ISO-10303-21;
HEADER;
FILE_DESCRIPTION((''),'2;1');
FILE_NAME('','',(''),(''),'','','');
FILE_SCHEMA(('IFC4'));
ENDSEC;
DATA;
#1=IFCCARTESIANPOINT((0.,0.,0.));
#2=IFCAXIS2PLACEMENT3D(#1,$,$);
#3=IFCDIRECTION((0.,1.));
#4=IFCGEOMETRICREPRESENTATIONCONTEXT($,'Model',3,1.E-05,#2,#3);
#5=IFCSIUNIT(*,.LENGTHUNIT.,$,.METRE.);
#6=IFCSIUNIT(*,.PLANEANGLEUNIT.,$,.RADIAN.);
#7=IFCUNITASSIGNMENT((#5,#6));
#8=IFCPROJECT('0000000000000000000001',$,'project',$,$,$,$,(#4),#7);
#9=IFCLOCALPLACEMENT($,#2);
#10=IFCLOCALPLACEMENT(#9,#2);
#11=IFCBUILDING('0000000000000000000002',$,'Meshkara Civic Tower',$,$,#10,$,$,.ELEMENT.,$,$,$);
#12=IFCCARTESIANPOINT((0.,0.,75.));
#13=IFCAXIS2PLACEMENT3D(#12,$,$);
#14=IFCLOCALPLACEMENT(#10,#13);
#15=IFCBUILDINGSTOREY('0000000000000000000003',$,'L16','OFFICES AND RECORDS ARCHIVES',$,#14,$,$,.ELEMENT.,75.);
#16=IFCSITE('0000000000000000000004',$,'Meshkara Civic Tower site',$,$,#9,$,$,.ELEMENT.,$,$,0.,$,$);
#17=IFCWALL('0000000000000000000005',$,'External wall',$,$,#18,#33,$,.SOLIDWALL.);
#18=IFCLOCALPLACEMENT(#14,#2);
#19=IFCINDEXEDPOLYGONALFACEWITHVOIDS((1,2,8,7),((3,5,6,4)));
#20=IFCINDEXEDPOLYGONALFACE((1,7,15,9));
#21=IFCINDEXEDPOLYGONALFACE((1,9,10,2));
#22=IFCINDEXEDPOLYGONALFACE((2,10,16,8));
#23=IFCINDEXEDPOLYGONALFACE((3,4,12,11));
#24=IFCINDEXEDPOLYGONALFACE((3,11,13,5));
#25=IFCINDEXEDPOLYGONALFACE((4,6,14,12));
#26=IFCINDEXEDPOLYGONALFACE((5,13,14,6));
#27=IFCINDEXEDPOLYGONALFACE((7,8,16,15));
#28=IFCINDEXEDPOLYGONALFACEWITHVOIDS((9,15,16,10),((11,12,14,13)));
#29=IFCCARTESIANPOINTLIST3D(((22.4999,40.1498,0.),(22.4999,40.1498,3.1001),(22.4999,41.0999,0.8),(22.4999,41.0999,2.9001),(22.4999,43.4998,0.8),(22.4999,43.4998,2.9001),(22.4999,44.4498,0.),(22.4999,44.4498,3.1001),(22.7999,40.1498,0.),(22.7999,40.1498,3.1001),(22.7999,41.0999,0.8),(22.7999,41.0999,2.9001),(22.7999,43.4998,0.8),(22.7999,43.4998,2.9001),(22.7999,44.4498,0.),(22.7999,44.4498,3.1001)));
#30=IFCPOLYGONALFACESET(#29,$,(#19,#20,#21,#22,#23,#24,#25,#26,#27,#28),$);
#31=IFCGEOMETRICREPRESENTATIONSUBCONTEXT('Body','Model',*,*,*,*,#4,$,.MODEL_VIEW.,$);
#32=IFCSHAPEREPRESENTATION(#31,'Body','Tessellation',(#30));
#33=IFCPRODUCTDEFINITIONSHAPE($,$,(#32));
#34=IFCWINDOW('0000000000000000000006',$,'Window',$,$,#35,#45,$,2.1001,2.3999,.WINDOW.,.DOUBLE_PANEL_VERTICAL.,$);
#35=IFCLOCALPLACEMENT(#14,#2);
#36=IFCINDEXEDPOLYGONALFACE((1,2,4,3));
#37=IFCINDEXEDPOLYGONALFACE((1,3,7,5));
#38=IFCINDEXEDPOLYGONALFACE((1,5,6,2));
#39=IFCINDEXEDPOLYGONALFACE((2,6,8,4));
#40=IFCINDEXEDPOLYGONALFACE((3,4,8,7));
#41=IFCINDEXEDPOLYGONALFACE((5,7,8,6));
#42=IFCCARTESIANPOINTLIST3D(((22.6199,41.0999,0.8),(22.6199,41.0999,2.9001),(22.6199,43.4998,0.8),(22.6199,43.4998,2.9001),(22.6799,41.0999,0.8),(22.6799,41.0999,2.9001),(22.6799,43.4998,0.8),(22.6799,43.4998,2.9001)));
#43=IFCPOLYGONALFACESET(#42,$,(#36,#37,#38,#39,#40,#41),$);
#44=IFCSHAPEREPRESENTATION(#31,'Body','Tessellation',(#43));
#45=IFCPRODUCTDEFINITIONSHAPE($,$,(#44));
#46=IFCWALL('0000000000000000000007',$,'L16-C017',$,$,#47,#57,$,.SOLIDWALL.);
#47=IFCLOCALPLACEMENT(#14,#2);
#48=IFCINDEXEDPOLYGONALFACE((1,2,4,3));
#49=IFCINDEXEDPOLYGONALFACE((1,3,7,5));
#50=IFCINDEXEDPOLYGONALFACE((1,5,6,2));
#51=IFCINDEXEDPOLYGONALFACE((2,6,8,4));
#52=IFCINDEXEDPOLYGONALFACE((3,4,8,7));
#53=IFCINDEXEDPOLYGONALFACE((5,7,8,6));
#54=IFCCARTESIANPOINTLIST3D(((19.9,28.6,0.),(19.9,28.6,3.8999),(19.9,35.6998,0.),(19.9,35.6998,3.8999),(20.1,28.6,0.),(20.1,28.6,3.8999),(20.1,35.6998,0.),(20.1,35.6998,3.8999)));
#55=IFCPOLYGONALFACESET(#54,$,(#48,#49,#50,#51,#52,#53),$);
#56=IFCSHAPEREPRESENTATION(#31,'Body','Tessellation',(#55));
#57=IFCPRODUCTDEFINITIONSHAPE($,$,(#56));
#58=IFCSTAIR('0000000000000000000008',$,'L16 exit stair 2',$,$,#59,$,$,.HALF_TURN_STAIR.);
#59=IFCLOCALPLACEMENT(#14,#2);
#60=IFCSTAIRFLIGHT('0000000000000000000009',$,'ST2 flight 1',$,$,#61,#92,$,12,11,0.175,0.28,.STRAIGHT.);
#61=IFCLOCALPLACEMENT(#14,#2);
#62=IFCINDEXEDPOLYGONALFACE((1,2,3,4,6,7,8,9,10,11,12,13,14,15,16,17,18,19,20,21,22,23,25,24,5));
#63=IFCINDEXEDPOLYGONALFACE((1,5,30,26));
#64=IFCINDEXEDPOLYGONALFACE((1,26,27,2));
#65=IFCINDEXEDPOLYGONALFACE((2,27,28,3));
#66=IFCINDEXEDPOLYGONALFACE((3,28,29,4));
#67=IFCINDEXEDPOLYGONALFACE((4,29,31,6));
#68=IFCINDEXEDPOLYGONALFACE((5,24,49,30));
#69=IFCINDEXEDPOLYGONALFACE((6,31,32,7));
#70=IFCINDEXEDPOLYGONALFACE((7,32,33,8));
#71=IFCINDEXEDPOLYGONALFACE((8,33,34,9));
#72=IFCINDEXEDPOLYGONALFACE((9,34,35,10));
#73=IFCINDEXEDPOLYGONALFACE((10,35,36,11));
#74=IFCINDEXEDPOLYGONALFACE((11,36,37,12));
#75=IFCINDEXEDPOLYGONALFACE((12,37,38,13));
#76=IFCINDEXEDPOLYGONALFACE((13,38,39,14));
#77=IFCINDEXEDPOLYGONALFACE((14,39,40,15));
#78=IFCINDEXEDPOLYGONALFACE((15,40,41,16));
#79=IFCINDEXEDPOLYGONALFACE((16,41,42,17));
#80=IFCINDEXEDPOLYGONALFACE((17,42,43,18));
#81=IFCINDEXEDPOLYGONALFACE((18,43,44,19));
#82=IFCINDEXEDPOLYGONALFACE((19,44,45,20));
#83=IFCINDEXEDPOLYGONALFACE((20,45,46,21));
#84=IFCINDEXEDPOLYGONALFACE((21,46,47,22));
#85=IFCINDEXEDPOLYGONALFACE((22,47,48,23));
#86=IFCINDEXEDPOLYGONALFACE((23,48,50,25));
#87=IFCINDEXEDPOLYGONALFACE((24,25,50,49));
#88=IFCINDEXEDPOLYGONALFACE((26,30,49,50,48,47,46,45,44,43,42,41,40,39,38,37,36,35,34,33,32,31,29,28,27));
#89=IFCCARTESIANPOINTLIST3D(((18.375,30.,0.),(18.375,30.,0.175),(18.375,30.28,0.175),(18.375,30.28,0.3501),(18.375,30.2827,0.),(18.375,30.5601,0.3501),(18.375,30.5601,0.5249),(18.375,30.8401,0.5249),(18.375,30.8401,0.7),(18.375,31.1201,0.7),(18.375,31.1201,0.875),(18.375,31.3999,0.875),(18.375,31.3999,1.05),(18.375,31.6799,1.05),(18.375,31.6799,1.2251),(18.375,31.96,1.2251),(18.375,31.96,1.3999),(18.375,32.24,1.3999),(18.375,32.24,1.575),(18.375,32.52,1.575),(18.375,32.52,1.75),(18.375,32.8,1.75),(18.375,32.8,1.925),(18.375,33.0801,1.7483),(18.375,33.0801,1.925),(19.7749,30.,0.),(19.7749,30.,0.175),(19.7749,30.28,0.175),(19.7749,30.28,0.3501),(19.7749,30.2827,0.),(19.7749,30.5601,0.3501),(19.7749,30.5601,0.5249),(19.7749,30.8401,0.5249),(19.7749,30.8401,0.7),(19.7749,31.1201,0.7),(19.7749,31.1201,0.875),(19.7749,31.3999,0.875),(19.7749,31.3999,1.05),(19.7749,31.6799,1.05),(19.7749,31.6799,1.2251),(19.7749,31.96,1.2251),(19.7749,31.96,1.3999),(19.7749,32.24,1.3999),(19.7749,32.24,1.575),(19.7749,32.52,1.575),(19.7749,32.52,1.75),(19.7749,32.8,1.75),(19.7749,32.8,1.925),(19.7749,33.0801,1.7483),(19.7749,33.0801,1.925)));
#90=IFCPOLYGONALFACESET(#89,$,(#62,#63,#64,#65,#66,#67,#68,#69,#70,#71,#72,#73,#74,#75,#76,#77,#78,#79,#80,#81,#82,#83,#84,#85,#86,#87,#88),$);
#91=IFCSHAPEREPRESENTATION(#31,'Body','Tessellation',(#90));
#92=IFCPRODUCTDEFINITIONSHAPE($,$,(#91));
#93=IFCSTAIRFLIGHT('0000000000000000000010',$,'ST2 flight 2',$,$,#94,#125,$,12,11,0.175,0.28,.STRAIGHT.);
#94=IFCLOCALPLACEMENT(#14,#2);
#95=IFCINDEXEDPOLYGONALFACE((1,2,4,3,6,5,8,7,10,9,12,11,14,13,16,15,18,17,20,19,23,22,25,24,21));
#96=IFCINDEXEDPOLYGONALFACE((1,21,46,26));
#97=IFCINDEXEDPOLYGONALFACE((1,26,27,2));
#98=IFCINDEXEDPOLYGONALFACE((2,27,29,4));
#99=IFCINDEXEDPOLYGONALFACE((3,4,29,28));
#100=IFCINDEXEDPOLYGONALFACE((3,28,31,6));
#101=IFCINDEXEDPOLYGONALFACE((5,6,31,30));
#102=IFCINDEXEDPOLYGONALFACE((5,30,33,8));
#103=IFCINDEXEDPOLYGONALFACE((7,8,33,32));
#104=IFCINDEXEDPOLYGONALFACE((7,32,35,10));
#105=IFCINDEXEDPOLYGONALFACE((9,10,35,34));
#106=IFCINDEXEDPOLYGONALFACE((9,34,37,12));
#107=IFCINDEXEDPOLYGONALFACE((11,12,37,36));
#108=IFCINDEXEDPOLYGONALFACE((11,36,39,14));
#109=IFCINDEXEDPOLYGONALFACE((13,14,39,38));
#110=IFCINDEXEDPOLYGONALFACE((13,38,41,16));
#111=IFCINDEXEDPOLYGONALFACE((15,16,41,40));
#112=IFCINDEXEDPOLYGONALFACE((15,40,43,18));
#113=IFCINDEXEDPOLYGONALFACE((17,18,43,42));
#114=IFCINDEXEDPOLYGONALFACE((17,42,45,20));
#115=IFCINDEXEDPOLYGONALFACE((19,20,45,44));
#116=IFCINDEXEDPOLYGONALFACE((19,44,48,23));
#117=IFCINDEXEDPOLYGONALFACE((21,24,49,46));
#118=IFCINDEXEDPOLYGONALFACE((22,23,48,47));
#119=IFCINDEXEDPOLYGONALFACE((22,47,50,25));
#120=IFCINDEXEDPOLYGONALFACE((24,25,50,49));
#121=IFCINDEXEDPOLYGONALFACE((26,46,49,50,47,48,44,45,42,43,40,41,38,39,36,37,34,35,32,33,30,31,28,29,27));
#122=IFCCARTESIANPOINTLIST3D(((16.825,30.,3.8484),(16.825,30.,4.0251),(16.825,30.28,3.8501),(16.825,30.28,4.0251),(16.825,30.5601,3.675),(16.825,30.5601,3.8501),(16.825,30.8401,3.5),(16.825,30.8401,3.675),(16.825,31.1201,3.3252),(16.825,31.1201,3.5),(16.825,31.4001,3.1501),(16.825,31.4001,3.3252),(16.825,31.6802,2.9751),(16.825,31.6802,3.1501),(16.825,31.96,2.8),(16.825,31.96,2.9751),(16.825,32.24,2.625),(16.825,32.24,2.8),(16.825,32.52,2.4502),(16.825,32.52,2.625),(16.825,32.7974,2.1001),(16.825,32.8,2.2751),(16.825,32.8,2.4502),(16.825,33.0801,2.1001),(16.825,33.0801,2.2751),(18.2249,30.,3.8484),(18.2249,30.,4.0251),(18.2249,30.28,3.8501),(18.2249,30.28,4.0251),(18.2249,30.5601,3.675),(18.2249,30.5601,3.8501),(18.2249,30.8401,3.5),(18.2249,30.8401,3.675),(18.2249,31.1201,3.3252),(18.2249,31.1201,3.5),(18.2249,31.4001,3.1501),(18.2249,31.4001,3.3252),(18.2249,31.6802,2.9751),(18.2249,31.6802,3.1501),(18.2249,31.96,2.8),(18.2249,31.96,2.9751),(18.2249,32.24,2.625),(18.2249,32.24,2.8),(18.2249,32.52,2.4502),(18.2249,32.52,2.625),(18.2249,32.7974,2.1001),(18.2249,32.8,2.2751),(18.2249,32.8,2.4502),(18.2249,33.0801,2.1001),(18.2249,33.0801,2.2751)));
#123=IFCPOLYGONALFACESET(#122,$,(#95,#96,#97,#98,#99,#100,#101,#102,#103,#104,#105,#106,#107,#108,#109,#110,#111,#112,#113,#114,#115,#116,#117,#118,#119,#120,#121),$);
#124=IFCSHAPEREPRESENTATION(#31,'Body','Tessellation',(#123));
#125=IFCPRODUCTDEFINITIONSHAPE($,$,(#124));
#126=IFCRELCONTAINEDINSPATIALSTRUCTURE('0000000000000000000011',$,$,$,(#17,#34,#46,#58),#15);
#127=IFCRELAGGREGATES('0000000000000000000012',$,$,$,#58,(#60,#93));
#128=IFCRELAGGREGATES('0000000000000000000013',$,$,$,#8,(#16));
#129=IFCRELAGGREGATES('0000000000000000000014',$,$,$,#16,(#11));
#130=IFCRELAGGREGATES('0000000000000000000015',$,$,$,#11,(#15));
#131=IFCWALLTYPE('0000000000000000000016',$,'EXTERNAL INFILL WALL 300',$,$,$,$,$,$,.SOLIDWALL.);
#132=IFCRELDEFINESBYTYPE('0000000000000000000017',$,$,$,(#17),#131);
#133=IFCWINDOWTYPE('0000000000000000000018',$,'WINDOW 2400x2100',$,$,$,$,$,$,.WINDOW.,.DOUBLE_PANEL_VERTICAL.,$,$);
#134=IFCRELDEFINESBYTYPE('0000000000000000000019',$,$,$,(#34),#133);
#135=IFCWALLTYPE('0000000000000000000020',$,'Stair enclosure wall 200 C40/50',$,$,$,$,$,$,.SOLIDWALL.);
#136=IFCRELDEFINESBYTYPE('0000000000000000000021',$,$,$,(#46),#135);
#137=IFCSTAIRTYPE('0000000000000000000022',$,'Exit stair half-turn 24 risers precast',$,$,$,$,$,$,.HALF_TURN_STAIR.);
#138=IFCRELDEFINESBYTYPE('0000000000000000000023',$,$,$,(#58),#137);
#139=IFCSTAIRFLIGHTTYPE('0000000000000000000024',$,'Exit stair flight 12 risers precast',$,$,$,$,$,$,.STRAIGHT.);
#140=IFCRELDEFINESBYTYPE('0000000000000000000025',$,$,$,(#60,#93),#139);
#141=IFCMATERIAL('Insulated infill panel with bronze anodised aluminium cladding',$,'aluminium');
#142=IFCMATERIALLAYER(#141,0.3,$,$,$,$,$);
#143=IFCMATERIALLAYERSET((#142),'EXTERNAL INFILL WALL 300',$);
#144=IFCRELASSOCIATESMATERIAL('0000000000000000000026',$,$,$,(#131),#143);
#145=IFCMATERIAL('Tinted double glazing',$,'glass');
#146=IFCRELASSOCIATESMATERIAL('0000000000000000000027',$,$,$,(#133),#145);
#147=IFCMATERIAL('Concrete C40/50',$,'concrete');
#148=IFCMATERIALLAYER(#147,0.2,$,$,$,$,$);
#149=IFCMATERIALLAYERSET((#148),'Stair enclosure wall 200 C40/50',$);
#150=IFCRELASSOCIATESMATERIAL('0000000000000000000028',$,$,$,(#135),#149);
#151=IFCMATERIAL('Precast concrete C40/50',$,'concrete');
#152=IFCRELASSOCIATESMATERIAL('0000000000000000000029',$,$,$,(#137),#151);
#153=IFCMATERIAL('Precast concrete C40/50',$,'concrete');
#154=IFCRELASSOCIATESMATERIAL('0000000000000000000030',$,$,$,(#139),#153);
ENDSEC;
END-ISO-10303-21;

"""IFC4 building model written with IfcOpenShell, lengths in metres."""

from ifc_helpers import new_model, si_unit, direction, frame, frame_2d, origin, place, context, subcontext, project, spatial, polyline, rectangle, outline, extrude, material, layer, layer_set, type_object, element, fill, aggregate, save


model = new_model("IFC4")

# Units and contexts
model_context = context("Model", 3, precision=1e-05, world=origin(), true_north=direction((0.0, 1.0)))
body_context = subcontext(model_context, "Body", "Model", "MODEL_VIEW")
ifc_project = project(units=[si_unit("LENGTHUNIT", "METRE"), si_unit("PLANEANGLEUNIT", "RADIAN")], contexts=[model_context])

# Site, building, storey
site_placement = place(None, origin())
site = spatial("IfcSite", under=ifc_project, at=site_placement, Name="Meshkara Civic Tower site", CompositionType="ELEMENT", RefElevation=0.0)
building_placement = place(site_placement, origin())
building = spatial("IfcBuilding", under=site, at=building_placement, Name="Meshkara Civic Tower", CompositionType="ELEMENT")
storey_placement = place(building_placement, frame((0.0, 0.0, 75.0)))
storey = spatial("IfcBuildingStorey", under=building, at=storey_placement, Name="L16", Description="OFFICES AND RECORDS ARCHIVES", CompositionType="ELEMENT", Elevation=75.0)

# Wall, opening, window
ifc_material_1 = material(Name="Insulated infill panel with bronze anodised aluminium cladding", Category="aluminium")
ifc_layer_1 = layer(ifc_material_1, 0.3)
ifc_layer_set_1 = layer_set([ifc_layer_1], Name="EXTERNAL INFILL WALL 300")
wall_type_1 = type_object("IfcWallType", Name="EXTERNAL INFILL WALL 300", PredefinedType="SOLIDWALL", material=ifc_layer_set_1)
ifc_material_2 = material(Name="Tinted double glazing", Category="glass")
window_type_1 = type_object("IfcWindowType", Name="WINDOW 2400x2100", PartitioningType="DOUBLE_PANEL_VERTICAL", PredefinedType="WINDOW", material=ifc_material_2)
wall_1_placement = place(storey_placement, frame((22.6499, 40.1499, 0.0), z_axis=(0.0, 0.0, 1.0), x_axis=(0.0, 1.0, 0.0)))
wall_1 = element("IfcWall", 1, at=wall_1_placement, inside=storey, type_object=wall_type_1, Name="External wall", PredefinedType="SOLIDWALL", context=body_context, shape_type="SweptSolid", body=[
    extrude(rectangle(XDim=4.3, YDim=0.3, at=frame_2d((2.1499, 0.0))), origin(), (0.0, 0.0, 1.0), 3.1001),
])
opening_1_placement = place(wall_1_placement, frame((0.95, 0.0, 0.8)))
opening_1 = element("IfcOpeningElement", 2, at=opening_1_placement, cuts=wall_1, PredefinedType="OPENING", context=body_context, shape_type="SweptSolid", body=[
    extrude(rectangle(XDim=2.3999, YDim=2.1001, at=frame_2d((1.2, 1.05))), frame((0.0, 0.1599, 0.0), z_axis=(0.0, -1.0, 0.0), x_axis=(1.0, 0.0, 0.0)), (0.0, 0.0, 1.0), 0.3201),
])
window_1_placement = place(opening_1_placement, origin())
window_1 = element("IfcWindow", 3, at=window_1_placement, inside=storey, type_object=window_type_1, Name="Window", OverallHeight=2.1001, OverallWidth=2.3999, PartitioningType="DOUBLE_PANEL_VERTICAL", PredefinedType="WINDOW", context=body_context, shape_type="SweptSolid", body=[
    extrude(rectangle(XDim=2.3999, YDim=2.1001, at=frame_2d((1.2, 1.05))), frame((0.0, 0.03, 0.0), z_axis=(0.0, -1.0, 0.0), x_axis=(1.0, 0.0, 0.0)), (0.0, 0.0, 1.0), 0.0601),
])
fill(opening_1, window_1)

# Wall
ifc_material_3 = material(Name="Concrete C40/50", Category="concrete")
ifc_layer_2 = layer(ifc_material_3, 0.2)
ifc_layer_set_2 = layer_set([ifc_layer_2], Name="Stair enclosure wall 200 C40/50")
wall_type_2 = type_object("IfcWallType", Name="Stair enclosure wall 200 C40/50", PredefinedType="SOLIDWALL", material=ifc_layer_set_2)
wall_2_placement = place(storey_placement, frame((20.0, 28.6001, 0.0), z_axis=(0.0, 0.0, 1.0), x_axis=(0.0, 1.0, 0.0)))
element("IfcWall", 4, at=wall_2_placement, inside=storey, type_object=wall_type_2, Name="L16-C017", PredefinedType="SOLIDWALL", context=body_context, shape_type="SweptSolid", body=[
    extrude(rectangle(XDim=7.0999, YDim=0.2, at=frame_2d((3.5498, 0.0))), origin(), (0.0, 0.0, 1.0), 3.8999),
])

# Stair, stair flights
ifc_material_4 = material(Name="Precast concrete C40/50", Category="concrete")
stair_type = type_object("IfcStairType", Name="Exit stair half-turn 24 risers precast", PredefinedType="HALF_TURN_STAIR", material=ifc_material_4)
stair_placement = place(storey_placement, origin())
stair = element("IfcStair", 5, at=stair_placement, inside=storey, type_object=stair_type, Name="L16 exit stair 2", PredefinedType="HALF_TURN_STAIR")
ifc_material_5 = material(Name="Precast concrete C40/50", Category="concrete")
stair_flight_type = type_object("IfcStairFlightType", Name="Exit stair flight 12 risers precast", PredefinedType="STRAIGHT", material=ifc_material_5)
stair_flight_1_placement = place(storey_placement, frame((19.075, 30.0, 0.0), z_axis=(0.0, 0.0, 1.0), x_axis=(0.0, 1.0, 0.0)))
stair_flight_1 = element("IfcStairFlight", 6, at=stair_flight_1_placement, type_object=stair_flight_type, Name="ST2 flight 1", NumberOfRisers=12, NumberOfTreads=11, PredefinedType="STRAIGHT", RiserHeight=0.175, TreadLength=0.28, context=body_context, shape_type="SweptSolid", body=[
    extrude(outline(polyline([(0.0, 0.0), (0.0, 0.175), (0.28, 0.175), (0.28, 0.3501), (0.5601, 0.3501), (0.5601, 0.5249), (0.8401, 0.5249), (0.8401, 0.7), (1.1201, 0.7), (1.1201, 0.875), (1.3999, 0.875), (1.3999, 1.05), (1.6799, 1.05), (1.6799, 1.2251), (1.96, 1.2251), (1.96, 1.3999), (2.24, 1.3999), (2.24, 1.575), (2.52, 1.575), (2.52, 1.75), (2.8, 1.75), (2.8, 1.925), (3.0801, 1.925), (3.0801, 2.1001), (3.0801, 1.7483), (0.2827, 0.0), (0.0, 0.0)])), frame((0.0, 0.7, 0.0), z_axis=(0.0, -1.0, 0.0), x_axis=(1.0, 0.0, 0.0)), (0.0, 0.0, 1.0), 1.3999),
])
stair_flight_2_placement = place(storey_placement, frame((17.5249, 33.0801, 2.1001), z_axis=(0.0, 0.0, 1.0), x_axis=(0.0, -1.0, 0.0)))
stair_flight_2 = element("IfcStairFlight", 7, at=stair_flight_2_placement, type_object=stair_flight_type, Name="ST2 flight 2", NumberOfRisers=12, NumberOfTreads=11, PredefinedType="STRAIGHT", RiserHeight=0.175, TreadLength=0.28, context=body_context, shape_type="SweptSolid", body=[
    extrude(outline(polyline([(0.0, 0.0), (0.0, 0.175), (0.28, 0.175), (0.28, 0.3501), (0.5601, 0.3501), (0.5601, 0.5249), (0.8401, 0.5249), (0.8401, 0.7), (1.1201, 0.7), (1.1201, 0.875), (1.3999, 0.875), (1.3999, 1.05), (1.6799, 1.05), (1.6799, 1.2251), (1.96, 1.2251), (1.96, 1.3999), (2.24, 1.3999), (2.24, 1.575), (2.52, 1.575), (2.52, 1.75), (2.8, 1.75), (2.8, 1.925), (3.0801, 1.925), (3.0801, 2.1001), (3.0801, 1.7483), (0.2827, 0.0), (0.0, 0.0)])), frame((0.0, 0.7, 0.0), z_axis=(0.0, -1.0, 0.0), x_axis=(1.0, 0.0, 0.0)), (0.0, 0.0, 1.0), 1.3999),
])
aggregate(stair, [stair_flight_1, stair_flight_2])

save(model, "model.ifc")
